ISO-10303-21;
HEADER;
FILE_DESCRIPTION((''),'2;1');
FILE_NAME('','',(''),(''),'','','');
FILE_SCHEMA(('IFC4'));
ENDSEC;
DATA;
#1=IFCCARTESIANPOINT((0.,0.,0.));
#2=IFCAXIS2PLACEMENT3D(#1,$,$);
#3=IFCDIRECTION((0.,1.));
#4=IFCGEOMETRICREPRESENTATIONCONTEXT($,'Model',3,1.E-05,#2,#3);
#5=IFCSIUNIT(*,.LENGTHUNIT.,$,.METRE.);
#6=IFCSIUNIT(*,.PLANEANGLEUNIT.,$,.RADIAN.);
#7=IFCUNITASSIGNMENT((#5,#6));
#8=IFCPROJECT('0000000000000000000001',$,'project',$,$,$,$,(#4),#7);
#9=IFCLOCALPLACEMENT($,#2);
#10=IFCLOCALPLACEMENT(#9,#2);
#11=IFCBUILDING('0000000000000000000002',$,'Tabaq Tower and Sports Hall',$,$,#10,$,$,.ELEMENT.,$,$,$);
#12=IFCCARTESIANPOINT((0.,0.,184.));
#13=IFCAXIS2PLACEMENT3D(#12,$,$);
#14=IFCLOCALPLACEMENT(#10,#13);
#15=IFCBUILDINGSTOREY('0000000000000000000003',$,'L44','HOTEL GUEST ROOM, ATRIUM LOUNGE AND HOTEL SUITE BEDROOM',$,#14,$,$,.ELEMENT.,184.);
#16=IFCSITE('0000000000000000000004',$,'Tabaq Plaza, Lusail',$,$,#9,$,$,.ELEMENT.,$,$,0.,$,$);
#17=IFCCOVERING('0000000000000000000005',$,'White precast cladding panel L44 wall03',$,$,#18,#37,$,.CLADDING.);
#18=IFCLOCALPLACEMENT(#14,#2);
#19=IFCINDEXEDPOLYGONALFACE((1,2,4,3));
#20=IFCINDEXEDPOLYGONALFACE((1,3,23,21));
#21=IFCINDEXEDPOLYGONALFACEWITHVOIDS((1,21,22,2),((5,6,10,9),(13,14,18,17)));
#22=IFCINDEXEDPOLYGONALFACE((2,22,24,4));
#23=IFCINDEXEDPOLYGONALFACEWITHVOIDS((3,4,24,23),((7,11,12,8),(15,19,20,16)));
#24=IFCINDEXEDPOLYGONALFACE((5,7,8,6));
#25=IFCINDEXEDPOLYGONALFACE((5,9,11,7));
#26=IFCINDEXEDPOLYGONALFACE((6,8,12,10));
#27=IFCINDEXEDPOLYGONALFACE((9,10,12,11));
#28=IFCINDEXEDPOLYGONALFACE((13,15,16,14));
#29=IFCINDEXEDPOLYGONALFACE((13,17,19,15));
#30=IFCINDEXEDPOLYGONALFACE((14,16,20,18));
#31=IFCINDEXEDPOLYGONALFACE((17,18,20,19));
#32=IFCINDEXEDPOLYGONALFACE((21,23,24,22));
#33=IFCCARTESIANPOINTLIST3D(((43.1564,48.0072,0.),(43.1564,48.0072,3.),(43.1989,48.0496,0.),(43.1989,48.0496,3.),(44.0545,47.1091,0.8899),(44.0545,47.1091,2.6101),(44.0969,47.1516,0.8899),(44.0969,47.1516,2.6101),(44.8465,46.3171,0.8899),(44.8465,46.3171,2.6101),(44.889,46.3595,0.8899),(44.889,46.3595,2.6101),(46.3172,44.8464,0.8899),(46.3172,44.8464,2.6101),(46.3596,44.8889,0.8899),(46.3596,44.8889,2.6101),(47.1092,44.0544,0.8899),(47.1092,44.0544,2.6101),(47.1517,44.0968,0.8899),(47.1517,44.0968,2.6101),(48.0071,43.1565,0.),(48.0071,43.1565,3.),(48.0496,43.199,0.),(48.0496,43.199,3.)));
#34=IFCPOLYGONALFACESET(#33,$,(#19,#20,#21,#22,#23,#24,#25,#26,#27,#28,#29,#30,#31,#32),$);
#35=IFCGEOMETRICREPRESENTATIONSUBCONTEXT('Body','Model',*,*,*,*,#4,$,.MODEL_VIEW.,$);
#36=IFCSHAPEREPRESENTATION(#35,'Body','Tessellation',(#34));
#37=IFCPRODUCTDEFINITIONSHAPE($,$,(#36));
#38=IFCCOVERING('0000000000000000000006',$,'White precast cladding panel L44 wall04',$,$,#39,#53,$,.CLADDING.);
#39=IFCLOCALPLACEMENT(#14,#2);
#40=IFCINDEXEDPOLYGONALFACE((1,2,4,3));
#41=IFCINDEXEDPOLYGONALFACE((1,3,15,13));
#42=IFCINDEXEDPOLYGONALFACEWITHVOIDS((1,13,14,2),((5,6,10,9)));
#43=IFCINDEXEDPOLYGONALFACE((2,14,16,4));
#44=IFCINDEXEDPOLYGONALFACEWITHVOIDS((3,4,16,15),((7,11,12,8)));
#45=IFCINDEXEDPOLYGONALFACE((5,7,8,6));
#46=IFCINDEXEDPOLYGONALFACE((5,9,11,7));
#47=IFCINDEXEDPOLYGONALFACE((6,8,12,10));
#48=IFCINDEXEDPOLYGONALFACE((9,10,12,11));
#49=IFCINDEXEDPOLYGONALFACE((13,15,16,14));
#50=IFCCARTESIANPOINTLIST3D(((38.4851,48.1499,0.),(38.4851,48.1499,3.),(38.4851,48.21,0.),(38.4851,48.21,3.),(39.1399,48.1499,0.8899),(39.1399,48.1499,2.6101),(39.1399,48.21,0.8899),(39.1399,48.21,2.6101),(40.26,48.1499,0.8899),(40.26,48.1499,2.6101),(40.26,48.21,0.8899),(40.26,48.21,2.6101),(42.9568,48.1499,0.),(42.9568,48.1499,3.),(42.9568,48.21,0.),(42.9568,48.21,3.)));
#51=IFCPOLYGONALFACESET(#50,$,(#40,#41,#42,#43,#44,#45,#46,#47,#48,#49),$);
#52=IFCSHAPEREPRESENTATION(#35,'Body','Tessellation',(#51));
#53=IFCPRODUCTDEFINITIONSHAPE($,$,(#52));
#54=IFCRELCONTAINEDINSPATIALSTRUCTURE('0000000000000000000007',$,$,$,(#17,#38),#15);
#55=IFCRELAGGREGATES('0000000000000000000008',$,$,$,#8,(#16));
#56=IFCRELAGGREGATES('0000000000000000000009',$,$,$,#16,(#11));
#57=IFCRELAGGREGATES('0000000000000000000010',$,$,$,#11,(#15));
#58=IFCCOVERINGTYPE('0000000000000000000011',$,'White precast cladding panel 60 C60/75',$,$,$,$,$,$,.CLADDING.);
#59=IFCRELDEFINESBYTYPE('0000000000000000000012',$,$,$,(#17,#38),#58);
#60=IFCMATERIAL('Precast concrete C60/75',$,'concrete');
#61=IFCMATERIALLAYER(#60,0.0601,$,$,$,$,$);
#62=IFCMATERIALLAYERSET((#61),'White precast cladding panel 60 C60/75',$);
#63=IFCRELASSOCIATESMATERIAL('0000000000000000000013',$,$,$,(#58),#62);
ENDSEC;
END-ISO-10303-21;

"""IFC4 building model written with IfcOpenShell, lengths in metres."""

from ifc_helpers import new_model, si_unit, direction, frame, origin, place, context, subcontext, project, spatial, polyline, outline, extrude, material, layer, layer_set, type_object, element, save


model = new_model("IFC4")

# Units and contexts
model_context = context("Model", 3, precision=1e-05, world=origin(), true_north=direction((0.0, 1.0)))
body_context = subcontext(model_context, "Body", "Model", "MODEL_VIEW")
ifc_project = project(units=[si_unit("LENGTHUNIT", "METRE"), si_unit("PLANEANGLEUNIT", "RADIAN")], contexts=[model_context])

# Site, building, storey
site_placement = place(None, origin())
site = spatial("IfcSite", under=ifc_project, at=site_placement, Name="Tabaq Plaza, Lusail", CompositionType="ELEMENT", RefElevation=0.0)
building_placement = place(site_placement, origin())
building = spatial("IfcBuilding", under=site, at=building_placement, Name="Tabaq Tower and Sports Hall", CompositionType="ELEMENT")
storey_placement = place(building_placement, frame((0.0, 0.0, 184.0)))
storey = spatial("IfcBuildingStorey", under=building, at=storey_placement, Name="L44", Description="HOTEL GUEST ROOM, ATRIUM LOUNGE AND HOTEL SUITE BEDROOM", CompositionType="ELEMENT", Elevation=184.0)

# Coverings
ifc_material_1 = material(Name="Precast concrete C60/75", Category="concrete")
ifc_layer_1 = layer(ifc_material_1, 0.0601)
ifc_layer_set_1 = layer_set([ifc_layer_1], Name="White precast cladding panel 60 C60/75")
covering_type_1 = type_object("IfcCoveringType", Name="White precast cladding panel 60 C60/75", PredefinedType="CLADDING", material=ifc_layer_set_1)
covering_1_placement = place(storey_placement, frame((48.0283, 43.1777, 0.0), z_axis=(0.0, 0.0, 1.0), x_axis=(-0.707107, 0.707107, 0.0)))
element("IfcCovering", 1, at=covering_1_placement, inside=storey, type_object=covering_type_1, Name="White precast cladding panel L44 wall03", PredefinedType="CLADDING", context=body_context, shape_type="SweptSolid", body=[
    extrude(outline(polyline([(0.0, 0.0), (6.8599, 0.0), (6.8599, 3.0), (0.0, 3.0), (0.0, 0.0)]), holes=[polyline([(1.2698, 2.6101), (2.3899, 2.6101), (2.3899, 0.8899), (1.2698, 0.8899), (1.2698, 2.6101)]), polyline([(4.4697, 2.6101), (5.5898, 2.6101), (5.5898, 0.8899), (4.4697, 0.8899), (4.4697, 2.6101)])]), frame((0.0, 0.03, 0.0), z_axis=(0.0, -1.0, 0.0), x_axis=(1.0, 0.0, 0.0)), (0.0, 0.0, 1.0), 0.0601),
])
covering_2_placement = place(storey_placement, frame((42.9568, 48.1799, 0.0), z_axis=(0.0, 0.0, 1.0), x_axis=(-1.0, 0.0, 0.0)))
element("IfcCovering", 2, at=covering_2_placement, inside=storey, type_object=covering_type_1, Name="White precast cladding panel L44 wall04", PredefinedType="CLADDING", context=body_context, shape_type="SweptSolid", body=[
    extrude(outline(polyline([(0.0, 0.0), (4.4717, 0.0), (4.4717, 3.0), (0.0, 3.0), (0.0, 0.0)]), holes=[polyline([(2.6968, 0.8899), (2.6968, 2.6101), (3.8169, 2.6101), (3.8169, 0.8899), (2.6968, 0.8899)])]), frame((0.0, 0.03, 0.0), z_axis=(0.0, -1.0, 0.0), x_axis=(1.0, 0.0, 0.0)), (0.0, 0.0, 1.0), 0.0601),
])

save(model, "model.ifc")
